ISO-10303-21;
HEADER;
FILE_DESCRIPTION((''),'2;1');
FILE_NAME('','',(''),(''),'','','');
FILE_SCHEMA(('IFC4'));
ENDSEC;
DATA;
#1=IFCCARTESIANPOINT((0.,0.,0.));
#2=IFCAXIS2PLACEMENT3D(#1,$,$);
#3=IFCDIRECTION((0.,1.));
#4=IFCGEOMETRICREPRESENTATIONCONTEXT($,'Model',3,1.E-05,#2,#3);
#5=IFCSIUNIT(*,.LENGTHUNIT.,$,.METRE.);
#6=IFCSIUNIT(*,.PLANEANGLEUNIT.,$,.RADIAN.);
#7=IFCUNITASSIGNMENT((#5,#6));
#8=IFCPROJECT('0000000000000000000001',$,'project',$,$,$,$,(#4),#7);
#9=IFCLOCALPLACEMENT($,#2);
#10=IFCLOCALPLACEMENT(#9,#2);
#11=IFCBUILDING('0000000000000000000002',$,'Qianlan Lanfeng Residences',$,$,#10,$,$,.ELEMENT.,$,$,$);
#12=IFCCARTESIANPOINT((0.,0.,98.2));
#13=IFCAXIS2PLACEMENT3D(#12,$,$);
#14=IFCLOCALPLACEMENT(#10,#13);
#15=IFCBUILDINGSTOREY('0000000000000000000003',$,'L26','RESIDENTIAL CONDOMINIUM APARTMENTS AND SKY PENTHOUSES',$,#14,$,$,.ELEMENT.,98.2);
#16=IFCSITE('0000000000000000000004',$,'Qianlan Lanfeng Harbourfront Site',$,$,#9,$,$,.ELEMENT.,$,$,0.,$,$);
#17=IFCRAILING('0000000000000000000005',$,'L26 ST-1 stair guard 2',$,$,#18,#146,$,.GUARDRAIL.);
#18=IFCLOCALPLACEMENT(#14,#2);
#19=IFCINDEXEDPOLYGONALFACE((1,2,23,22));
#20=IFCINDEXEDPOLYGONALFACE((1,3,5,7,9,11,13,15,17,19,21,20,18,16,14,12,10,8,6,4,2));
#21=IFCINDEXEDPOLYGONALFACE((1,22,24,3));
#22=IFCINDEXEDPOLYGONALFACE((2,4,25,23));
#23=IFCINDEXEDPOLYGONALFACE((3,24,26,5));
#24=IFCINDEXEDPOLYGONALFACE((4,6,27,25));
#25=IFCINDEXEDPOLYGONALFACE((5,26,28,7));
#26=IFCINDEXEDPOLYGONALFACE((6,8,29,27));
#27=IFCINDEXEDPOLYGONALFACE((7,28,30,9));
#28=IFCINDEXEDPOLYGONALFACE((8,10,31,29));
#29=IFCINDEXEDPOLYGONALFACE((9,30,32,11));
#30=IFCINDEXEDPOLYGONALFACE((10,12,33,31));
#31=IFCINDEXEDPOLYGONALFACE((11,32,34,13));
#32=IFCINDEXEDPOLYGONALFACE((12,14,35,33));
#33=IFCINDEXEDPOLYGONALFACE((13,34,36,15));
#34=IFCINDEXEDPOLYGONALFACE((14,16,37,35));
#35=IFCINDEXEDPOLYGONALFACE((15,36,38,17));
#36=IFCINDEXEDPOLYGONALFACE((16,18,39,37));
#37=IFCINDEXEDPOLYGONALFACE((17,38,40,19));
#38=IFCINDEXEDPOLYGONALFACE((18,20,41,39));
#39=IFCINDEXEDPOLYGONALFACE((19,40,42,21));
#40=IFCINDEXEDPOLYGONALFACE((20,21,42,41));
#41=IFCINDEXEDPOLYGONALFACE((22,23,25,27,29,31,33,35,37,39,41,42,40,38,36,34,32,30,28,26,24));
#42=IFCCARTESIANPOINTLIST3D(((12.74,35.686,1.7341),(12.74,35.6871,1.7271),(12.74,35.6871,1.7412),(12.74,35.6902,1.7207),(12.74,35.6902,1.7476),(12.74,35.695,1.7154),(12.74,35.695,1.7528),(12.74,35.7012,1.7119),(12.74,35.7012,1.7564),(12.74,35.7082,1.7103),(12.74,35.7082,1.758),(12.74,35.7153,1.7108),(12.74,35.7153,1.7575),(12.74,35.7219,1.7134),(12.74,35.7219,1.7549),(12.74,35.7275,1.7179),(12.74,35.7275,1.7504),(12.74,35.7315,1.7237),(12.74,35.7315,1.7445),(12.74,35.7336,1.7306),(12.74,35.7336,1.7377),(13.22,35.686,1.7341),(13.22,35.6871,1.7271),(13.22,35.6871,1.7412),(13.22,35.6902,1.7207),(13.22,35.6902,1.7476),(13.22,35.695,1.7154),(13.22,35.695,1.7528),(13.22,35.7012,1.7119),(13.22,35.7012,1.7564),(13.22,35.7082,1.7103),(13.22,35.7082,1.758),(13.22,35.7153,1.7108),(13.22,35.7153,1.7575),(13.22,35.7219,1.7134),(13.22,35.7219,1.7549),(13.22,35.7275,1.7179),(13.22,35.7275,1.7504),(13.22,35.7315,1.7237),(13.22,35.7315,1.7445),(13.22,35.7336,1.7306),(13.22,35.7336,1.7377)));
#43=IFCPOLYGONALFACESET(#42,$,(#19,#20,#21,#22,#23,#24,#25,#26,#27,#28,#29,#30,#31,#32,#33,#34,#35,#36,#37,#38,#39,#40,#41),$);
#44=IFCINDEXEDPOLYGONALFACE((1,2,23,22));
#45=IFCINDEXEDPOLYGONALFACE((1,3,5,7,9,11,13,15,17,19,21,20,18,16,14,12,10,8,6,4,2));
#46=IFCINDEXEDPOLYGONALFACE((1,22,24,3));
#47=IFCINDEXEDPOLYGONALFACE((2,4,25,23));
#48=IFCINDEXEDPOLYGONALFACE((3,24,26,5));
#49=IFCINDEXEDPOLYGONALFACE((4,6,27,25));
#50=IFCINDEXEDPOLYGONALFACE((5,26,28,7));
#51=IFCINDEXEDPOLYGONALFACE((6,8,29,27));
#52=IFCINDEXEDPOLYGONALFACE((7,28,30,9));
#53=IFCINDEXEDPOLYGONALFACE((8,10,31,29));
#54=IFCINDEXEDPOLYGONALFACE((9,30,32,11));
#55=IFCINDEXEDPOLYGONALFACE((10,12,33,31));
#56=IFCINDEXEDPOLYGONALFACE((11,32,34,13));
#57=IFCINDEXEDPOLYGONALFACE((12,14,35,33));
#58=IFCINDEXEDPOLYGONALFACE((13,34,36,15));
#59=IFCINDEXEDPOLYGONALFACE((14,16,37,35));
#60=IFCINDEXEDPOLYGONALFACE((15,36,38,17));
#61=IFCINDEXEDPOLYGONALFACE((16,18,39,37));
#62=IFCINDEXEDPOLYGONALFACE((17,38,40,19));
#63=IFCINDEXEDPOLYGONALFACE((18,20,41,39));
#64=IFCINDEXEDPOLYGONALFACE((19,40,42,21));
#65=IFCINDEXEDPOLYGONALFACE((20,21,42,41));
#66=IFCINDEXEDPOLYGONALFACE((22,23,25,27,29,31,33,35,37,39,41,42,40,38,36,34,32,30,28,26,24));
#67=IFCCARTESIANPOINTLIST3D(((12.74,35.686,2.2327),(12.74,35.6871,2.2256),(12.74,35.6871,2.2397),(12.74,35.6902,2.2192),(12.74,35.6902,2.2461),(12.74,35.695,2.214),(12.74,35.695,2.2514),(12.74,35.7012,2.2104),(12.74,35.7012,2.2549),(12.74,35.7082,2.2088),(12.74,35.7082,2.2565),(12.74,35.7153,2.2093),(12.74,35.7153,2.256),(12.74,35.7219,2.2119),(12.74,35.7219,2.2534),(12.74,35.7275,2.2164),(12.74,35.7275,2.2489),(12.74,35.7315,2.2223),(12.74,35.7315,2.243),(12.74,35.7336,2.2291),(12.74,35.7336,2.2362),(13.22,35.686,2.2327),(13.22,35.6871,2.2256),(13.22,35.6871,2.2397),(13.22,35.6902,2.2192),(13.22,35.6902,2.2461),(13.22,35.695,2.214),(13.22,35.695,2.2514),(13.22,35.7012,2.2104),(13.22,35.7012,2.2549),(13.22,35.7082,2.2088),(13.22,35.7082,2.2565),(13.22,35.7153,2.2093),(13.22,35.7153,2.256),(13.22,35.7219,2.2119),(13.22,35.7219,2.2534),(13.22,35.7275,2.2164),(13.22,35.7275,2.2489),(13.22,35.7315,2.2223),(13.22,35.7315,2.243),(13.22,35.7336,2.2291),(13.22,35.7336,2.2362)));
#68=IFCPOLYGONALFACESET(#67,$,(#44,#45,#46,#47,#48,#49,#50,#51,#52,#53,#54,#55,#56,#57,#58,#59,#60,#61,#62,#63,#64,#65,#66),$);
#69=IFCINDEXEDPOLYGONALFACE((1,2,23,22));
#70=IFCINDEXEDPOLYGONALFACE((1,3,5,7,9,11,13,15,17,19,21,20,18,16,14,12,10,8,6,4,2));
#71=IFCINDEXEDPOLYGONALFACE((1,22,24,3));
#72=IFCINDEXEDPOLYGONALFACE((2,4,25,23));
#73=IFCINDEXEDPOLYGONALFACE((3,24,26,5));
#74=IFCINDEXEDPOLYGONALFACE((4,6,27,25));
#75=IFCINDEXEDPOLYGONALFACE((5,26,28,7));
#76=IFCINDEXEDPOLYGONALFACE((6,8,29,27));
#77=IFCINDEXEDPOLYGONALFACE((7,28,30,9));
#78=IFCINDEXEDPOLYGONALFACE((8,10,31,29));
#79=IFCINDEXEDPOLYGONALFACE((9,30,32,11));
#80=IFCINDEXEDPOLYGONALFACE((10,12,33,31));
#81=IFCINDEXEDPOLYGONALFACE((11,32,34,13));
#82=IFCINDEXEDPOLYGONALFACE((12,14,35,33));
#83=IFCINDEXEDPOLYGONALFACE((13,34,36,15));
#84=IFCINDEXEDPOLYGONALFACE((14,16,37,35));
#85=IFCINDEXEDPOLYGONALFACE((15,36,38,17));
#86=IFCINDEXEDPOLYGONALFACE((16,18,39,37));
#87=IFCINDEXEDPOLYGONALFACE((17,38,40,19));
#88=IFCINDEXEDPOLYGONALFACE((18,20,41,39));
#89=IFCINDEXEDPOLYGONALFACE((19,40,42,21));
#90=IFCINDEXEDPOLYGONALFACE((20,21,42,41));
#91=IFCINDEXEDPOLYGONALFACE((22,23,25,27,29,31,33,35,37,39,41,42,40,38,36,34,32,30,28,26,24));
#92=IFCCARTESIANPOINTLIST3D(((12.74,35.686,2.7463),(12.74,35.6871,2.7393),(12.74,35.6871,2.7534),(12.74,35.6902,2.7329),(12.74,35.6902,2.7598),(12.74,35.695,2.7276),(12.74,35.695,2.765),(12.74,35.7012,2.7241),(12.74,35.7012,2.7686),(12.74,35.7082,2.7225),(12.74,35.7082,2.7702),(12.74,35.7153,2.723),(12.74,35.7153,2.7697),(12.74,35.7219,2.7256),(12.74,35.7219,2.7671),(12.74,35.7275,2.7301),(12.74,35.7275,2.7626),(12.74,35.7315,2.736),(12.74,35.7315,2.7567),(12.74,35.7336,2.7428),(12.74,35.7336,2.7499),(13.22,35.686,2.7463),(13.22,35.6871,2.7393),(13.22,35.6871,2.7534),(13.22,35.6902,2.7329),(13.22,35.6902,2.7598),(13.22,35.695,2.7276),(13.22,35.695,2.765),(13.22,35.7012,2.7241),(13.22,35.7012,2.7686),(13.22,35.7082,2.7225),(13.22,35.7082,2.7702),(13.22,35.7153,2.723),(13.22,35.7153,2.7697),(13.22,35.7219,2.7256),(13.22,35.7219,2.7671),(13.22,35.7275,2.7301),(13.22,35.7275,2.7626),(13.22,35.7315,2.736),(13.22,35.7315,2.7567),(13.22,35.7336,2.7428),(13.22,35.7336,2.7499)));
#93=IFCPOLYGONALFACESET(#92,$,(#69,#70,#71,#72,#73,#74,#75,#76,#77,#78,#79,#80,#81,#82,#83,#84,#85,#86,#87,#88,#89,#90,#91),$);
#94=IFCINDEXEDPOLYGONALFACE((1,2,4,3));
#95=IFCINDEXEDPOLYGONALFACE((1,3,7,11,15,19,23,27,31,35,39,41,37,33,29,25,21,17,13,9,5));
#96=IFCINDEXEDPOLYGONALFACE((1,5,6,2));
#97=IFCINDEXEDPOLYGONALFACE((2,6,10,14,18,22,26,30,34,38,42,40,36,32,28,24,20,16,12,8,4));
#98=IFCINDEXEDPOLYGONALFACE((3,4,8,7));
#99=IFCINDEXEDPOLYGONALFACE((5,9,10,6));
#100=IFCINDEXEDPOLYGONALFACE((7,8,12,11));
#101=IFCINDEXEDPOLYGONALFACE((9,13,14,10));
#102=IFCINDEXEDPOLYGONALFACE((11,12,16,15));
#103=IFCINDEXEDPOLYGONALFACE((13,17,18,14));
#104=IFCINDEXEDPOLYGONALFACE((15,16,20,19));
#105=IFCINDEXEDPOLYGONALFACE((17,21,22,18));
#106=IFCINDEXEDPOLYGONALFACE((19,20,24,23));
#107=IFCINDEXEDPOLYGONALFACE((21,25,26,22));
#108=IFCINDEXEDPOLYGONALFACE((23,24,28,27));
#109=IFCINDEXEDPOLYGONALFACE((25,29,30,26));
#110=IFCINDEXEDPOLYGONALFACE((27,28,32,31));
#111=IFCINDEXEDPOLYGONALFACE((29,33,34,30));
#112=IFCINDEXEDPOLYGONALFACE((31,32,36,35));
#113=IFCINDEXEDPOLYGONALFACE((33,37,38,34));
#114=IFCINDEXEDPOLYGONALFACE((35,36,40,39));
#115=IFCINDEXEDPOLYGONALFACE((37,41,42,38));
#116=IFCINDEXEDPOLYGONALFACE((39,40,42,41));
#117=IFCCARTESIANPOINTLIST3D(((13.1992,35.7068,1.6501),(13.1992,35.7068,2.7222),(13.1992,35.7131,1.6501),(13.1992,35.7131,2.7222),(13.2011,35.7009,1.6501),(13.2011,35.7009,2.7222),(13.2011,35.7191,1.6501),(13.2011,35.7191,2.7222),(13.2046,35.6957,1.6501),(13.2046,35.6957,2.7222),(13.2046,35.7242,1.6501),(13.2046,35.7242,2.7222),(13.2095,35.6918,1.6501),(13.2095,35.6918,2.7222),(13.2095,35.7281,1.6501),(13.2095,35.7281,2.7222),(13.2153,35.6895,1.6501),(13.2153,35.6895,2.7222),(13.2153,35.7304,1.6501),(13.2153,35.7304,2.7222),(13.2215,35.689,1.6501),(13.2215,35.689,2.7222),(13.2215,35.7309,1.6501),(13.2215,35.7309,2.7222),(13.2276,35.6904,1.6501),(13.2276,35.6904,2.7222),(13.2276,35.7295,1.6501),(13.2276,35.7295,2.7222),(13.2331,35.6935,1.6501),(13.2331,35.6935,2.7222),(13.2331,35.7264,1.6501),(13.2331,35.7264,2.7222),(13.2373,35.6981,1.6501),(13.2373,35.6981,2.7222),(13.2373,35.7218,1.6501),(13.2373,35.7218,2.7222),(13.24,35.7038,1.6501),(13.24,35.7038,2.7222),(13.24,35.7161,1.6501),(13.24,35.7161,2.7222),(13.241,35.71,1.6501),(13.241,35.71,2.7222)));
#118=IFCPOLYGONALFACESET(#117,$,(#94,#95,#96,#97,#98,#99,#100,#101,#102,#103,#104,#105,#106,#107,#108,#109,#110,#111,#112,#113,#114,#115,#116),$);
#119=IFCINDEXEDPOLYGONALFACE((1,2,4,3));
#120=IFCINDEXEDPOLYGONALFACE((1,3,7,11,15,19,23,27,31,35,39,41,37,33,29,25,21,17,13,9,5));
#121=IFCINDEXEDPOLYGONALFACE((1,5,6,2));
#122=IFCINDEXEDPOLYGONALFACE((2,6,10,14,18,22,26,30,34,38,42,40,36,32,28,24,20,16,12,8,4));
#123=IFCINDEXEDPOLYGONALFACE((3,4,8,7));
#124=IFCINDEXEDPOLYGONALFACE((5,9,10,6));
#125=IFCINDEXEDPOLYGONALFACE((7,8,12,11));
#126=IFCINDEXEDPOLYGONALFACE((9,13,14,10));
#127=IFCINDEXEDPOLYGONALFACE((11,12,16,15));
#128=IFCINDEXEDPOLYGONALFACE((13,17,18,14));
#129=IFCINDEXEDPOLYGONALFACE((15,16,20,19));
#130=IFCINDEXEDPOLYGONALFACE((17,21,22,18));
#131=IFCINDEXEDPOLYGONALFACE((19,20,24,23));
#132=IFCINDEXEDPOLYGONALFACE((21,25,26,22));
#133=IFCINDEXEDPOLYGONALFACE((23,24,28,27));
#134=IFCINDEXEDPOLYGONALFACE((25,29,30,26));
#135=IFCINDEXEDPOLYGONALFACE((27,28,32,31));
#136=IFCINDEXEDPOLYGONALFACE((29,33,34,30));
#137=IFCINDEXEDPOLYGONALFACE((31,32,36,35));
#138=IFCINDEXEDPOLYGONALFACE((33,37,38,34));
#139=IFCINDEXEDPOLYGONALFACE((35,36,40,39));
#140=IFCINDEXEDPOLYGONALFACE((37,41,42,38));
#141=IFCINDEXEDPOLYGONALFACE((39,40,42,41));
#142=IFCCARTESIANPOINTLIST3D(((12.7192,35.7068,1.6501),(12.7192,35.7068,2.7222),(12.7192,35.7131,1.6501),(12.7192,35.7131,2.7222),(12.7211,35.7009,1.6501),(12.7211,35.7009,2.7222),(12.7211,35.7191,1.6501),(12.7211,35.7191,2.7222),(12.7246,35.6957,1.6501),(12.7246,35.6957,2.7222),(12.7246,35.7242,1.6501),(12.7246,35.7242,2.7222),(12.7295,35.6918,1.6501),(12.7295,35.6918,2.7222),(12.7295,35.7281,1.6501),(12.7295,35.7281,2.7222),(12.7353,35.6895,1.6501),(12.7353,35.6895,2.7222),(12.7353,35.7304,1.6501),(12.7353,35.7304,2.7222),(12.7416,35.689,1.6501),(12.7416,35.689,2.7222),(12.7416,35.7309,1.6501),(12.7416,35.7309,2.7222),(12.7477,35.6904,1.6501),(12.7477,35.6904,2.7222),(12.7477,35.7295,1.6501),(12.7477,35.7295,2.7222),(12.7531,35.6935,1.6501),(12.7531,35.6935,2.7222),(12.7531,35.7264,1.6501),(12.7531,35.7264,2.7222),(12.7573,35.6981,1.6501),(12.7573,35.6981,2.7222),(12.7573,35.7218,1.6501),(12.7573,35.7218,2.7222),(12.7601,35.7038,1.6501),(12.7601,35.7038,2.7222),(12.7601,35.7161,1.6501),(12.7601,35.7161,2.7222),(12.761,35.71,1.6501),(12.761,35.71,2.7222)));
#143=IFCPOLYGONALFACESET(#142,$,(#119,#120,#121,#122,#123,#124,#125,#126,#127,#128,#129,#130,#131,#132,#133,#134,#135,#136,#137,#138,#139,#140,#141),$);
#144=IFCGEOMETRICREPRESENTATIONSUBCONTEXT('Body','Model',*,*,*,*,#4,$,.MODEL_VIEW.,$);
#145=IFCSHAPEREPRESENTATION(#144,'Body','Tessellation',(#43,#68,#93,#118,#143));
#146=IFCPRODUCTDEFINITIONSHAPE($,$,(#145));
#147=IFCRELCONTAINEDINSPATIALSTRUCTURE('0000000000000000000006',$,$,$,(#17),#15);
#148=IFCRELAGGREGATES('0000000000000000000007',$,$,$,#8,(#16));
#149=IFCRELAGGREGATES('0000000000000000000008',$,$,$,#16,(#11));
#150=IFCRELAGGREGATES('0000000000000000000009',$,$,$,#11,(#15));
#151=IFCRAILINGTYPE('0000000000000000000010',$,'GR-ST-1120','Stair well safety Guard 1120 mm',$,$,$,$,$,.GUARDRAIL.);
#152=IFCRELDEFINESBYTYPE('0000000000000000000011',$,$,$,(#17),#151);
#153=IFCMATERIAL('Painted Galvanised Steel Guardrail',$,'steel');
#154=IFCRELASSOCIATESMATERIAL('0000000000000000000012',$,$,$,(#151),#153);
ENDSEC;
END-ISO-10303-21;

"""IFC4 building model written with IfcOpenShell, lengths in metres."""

from ifc_helpers import new_model, si_unit, direction, frame, origin, origin_2d, place, context, subcontext, project, spatial, circle, extrude, material, type_object, element, save


model = new_model("IFC4")

# Units and contexts
model_context = context("Model", 3, precision=1e-05, world=origin(), true_north=direction((0.0, 1.0)))
body_context = subcontext(model_context, "Body", "Model", "MODEL_VIEW")
ifc_project = project(units=[si_unit("LENGTHUNIT", "METRE"), si_unit("PLANEANGLEUNIT", "RADIAN")], contexts=[model_context])

# Site, building, storey
site_placement = place(None, origin())
site = spatial("IfcSite", under=ifc_project, at=site_placement, Name="Qianlan Lanfeng Harbourfront Site", CompositionType="ELEMENT", RefElevation=0.0)
building_placement = place(site_placement, origin())
building = spatial("IfcBuilding", under=site, at=building_placement, Name="Qianlan Lanfeng Residences", CompositionType="ELEMENT")
storey_placement = place(building_placement, frame((0.0, 0.0, 98.2)))
storey = spatial("IfcBuildingStorey", under=building, at=storey_placement, Name="L26", Description="RESIDENTIAL CONDOMINIUM APARTMENTS AND SKY PENTHOUSES", CompositionType="ELEMENT", Elevation=98.2)

# Railing
ifc_material_1 = material(Name="Painted Galvanised Steel Guardrail", Category="steel")
railing_type_1 = type_object("IfcRailingType", Name="GR-ST-1120", Description="Stair well safety Guard 1120 mm", PredefinedType="GUARDRAIL", material=ifc_material_1)
railing_1_placement = place(storey_placement, frame((13.22, 35.71, 1.6501)))
element("IfcRailing", 1, at=railing_1_placement, inside=storey, type_object=railing_type_1, Name="L26 ST-1 stair guard 2", PredefinedType="GUARDRAIL", context=body_context, shape_type="SweptSolid", body=[
    extrude(circle(Radius=0.0239, at=origin_2d()), frame((0.0, 0.0, 0.084), z_axis=(-1.0, 0.0, 0.0), x_axis=(0.0, -1.0, 0.0)), (0.0, 0.0, 1.0), 0.48),
    extrude(circle(Radius=0.0239, at=origin_2d()), frame((0.0, 0.0, 0.5825), z_axis=(-1.0, 0.0, 0.0), x_axis=(0.0, -1.0, 0.0)), (0.0, 0.0, 1.0), 0.48),
    extrude(circle(Radius=0.0239, at=origin_2d()), frame((0.0, 0.0, 1.0962), z_axis=(-1.0, 0.0, 0.0), x_axis=(0.0, -1.0, 0.0)), (0.0, 0.0, 1.0), 0.48),
    extrude(circle(Radius=0.021, at=origin_2d()), origin(), (0.0, 0.0, 1.0), 1.072),
    extrude(circle(Radius=0.021, at=origin_2d()), frame((-0.48, 0.0, 0.0)), (0.0, 0.0, 1.0), 1.072),
])

save(model, "model.ifc")
